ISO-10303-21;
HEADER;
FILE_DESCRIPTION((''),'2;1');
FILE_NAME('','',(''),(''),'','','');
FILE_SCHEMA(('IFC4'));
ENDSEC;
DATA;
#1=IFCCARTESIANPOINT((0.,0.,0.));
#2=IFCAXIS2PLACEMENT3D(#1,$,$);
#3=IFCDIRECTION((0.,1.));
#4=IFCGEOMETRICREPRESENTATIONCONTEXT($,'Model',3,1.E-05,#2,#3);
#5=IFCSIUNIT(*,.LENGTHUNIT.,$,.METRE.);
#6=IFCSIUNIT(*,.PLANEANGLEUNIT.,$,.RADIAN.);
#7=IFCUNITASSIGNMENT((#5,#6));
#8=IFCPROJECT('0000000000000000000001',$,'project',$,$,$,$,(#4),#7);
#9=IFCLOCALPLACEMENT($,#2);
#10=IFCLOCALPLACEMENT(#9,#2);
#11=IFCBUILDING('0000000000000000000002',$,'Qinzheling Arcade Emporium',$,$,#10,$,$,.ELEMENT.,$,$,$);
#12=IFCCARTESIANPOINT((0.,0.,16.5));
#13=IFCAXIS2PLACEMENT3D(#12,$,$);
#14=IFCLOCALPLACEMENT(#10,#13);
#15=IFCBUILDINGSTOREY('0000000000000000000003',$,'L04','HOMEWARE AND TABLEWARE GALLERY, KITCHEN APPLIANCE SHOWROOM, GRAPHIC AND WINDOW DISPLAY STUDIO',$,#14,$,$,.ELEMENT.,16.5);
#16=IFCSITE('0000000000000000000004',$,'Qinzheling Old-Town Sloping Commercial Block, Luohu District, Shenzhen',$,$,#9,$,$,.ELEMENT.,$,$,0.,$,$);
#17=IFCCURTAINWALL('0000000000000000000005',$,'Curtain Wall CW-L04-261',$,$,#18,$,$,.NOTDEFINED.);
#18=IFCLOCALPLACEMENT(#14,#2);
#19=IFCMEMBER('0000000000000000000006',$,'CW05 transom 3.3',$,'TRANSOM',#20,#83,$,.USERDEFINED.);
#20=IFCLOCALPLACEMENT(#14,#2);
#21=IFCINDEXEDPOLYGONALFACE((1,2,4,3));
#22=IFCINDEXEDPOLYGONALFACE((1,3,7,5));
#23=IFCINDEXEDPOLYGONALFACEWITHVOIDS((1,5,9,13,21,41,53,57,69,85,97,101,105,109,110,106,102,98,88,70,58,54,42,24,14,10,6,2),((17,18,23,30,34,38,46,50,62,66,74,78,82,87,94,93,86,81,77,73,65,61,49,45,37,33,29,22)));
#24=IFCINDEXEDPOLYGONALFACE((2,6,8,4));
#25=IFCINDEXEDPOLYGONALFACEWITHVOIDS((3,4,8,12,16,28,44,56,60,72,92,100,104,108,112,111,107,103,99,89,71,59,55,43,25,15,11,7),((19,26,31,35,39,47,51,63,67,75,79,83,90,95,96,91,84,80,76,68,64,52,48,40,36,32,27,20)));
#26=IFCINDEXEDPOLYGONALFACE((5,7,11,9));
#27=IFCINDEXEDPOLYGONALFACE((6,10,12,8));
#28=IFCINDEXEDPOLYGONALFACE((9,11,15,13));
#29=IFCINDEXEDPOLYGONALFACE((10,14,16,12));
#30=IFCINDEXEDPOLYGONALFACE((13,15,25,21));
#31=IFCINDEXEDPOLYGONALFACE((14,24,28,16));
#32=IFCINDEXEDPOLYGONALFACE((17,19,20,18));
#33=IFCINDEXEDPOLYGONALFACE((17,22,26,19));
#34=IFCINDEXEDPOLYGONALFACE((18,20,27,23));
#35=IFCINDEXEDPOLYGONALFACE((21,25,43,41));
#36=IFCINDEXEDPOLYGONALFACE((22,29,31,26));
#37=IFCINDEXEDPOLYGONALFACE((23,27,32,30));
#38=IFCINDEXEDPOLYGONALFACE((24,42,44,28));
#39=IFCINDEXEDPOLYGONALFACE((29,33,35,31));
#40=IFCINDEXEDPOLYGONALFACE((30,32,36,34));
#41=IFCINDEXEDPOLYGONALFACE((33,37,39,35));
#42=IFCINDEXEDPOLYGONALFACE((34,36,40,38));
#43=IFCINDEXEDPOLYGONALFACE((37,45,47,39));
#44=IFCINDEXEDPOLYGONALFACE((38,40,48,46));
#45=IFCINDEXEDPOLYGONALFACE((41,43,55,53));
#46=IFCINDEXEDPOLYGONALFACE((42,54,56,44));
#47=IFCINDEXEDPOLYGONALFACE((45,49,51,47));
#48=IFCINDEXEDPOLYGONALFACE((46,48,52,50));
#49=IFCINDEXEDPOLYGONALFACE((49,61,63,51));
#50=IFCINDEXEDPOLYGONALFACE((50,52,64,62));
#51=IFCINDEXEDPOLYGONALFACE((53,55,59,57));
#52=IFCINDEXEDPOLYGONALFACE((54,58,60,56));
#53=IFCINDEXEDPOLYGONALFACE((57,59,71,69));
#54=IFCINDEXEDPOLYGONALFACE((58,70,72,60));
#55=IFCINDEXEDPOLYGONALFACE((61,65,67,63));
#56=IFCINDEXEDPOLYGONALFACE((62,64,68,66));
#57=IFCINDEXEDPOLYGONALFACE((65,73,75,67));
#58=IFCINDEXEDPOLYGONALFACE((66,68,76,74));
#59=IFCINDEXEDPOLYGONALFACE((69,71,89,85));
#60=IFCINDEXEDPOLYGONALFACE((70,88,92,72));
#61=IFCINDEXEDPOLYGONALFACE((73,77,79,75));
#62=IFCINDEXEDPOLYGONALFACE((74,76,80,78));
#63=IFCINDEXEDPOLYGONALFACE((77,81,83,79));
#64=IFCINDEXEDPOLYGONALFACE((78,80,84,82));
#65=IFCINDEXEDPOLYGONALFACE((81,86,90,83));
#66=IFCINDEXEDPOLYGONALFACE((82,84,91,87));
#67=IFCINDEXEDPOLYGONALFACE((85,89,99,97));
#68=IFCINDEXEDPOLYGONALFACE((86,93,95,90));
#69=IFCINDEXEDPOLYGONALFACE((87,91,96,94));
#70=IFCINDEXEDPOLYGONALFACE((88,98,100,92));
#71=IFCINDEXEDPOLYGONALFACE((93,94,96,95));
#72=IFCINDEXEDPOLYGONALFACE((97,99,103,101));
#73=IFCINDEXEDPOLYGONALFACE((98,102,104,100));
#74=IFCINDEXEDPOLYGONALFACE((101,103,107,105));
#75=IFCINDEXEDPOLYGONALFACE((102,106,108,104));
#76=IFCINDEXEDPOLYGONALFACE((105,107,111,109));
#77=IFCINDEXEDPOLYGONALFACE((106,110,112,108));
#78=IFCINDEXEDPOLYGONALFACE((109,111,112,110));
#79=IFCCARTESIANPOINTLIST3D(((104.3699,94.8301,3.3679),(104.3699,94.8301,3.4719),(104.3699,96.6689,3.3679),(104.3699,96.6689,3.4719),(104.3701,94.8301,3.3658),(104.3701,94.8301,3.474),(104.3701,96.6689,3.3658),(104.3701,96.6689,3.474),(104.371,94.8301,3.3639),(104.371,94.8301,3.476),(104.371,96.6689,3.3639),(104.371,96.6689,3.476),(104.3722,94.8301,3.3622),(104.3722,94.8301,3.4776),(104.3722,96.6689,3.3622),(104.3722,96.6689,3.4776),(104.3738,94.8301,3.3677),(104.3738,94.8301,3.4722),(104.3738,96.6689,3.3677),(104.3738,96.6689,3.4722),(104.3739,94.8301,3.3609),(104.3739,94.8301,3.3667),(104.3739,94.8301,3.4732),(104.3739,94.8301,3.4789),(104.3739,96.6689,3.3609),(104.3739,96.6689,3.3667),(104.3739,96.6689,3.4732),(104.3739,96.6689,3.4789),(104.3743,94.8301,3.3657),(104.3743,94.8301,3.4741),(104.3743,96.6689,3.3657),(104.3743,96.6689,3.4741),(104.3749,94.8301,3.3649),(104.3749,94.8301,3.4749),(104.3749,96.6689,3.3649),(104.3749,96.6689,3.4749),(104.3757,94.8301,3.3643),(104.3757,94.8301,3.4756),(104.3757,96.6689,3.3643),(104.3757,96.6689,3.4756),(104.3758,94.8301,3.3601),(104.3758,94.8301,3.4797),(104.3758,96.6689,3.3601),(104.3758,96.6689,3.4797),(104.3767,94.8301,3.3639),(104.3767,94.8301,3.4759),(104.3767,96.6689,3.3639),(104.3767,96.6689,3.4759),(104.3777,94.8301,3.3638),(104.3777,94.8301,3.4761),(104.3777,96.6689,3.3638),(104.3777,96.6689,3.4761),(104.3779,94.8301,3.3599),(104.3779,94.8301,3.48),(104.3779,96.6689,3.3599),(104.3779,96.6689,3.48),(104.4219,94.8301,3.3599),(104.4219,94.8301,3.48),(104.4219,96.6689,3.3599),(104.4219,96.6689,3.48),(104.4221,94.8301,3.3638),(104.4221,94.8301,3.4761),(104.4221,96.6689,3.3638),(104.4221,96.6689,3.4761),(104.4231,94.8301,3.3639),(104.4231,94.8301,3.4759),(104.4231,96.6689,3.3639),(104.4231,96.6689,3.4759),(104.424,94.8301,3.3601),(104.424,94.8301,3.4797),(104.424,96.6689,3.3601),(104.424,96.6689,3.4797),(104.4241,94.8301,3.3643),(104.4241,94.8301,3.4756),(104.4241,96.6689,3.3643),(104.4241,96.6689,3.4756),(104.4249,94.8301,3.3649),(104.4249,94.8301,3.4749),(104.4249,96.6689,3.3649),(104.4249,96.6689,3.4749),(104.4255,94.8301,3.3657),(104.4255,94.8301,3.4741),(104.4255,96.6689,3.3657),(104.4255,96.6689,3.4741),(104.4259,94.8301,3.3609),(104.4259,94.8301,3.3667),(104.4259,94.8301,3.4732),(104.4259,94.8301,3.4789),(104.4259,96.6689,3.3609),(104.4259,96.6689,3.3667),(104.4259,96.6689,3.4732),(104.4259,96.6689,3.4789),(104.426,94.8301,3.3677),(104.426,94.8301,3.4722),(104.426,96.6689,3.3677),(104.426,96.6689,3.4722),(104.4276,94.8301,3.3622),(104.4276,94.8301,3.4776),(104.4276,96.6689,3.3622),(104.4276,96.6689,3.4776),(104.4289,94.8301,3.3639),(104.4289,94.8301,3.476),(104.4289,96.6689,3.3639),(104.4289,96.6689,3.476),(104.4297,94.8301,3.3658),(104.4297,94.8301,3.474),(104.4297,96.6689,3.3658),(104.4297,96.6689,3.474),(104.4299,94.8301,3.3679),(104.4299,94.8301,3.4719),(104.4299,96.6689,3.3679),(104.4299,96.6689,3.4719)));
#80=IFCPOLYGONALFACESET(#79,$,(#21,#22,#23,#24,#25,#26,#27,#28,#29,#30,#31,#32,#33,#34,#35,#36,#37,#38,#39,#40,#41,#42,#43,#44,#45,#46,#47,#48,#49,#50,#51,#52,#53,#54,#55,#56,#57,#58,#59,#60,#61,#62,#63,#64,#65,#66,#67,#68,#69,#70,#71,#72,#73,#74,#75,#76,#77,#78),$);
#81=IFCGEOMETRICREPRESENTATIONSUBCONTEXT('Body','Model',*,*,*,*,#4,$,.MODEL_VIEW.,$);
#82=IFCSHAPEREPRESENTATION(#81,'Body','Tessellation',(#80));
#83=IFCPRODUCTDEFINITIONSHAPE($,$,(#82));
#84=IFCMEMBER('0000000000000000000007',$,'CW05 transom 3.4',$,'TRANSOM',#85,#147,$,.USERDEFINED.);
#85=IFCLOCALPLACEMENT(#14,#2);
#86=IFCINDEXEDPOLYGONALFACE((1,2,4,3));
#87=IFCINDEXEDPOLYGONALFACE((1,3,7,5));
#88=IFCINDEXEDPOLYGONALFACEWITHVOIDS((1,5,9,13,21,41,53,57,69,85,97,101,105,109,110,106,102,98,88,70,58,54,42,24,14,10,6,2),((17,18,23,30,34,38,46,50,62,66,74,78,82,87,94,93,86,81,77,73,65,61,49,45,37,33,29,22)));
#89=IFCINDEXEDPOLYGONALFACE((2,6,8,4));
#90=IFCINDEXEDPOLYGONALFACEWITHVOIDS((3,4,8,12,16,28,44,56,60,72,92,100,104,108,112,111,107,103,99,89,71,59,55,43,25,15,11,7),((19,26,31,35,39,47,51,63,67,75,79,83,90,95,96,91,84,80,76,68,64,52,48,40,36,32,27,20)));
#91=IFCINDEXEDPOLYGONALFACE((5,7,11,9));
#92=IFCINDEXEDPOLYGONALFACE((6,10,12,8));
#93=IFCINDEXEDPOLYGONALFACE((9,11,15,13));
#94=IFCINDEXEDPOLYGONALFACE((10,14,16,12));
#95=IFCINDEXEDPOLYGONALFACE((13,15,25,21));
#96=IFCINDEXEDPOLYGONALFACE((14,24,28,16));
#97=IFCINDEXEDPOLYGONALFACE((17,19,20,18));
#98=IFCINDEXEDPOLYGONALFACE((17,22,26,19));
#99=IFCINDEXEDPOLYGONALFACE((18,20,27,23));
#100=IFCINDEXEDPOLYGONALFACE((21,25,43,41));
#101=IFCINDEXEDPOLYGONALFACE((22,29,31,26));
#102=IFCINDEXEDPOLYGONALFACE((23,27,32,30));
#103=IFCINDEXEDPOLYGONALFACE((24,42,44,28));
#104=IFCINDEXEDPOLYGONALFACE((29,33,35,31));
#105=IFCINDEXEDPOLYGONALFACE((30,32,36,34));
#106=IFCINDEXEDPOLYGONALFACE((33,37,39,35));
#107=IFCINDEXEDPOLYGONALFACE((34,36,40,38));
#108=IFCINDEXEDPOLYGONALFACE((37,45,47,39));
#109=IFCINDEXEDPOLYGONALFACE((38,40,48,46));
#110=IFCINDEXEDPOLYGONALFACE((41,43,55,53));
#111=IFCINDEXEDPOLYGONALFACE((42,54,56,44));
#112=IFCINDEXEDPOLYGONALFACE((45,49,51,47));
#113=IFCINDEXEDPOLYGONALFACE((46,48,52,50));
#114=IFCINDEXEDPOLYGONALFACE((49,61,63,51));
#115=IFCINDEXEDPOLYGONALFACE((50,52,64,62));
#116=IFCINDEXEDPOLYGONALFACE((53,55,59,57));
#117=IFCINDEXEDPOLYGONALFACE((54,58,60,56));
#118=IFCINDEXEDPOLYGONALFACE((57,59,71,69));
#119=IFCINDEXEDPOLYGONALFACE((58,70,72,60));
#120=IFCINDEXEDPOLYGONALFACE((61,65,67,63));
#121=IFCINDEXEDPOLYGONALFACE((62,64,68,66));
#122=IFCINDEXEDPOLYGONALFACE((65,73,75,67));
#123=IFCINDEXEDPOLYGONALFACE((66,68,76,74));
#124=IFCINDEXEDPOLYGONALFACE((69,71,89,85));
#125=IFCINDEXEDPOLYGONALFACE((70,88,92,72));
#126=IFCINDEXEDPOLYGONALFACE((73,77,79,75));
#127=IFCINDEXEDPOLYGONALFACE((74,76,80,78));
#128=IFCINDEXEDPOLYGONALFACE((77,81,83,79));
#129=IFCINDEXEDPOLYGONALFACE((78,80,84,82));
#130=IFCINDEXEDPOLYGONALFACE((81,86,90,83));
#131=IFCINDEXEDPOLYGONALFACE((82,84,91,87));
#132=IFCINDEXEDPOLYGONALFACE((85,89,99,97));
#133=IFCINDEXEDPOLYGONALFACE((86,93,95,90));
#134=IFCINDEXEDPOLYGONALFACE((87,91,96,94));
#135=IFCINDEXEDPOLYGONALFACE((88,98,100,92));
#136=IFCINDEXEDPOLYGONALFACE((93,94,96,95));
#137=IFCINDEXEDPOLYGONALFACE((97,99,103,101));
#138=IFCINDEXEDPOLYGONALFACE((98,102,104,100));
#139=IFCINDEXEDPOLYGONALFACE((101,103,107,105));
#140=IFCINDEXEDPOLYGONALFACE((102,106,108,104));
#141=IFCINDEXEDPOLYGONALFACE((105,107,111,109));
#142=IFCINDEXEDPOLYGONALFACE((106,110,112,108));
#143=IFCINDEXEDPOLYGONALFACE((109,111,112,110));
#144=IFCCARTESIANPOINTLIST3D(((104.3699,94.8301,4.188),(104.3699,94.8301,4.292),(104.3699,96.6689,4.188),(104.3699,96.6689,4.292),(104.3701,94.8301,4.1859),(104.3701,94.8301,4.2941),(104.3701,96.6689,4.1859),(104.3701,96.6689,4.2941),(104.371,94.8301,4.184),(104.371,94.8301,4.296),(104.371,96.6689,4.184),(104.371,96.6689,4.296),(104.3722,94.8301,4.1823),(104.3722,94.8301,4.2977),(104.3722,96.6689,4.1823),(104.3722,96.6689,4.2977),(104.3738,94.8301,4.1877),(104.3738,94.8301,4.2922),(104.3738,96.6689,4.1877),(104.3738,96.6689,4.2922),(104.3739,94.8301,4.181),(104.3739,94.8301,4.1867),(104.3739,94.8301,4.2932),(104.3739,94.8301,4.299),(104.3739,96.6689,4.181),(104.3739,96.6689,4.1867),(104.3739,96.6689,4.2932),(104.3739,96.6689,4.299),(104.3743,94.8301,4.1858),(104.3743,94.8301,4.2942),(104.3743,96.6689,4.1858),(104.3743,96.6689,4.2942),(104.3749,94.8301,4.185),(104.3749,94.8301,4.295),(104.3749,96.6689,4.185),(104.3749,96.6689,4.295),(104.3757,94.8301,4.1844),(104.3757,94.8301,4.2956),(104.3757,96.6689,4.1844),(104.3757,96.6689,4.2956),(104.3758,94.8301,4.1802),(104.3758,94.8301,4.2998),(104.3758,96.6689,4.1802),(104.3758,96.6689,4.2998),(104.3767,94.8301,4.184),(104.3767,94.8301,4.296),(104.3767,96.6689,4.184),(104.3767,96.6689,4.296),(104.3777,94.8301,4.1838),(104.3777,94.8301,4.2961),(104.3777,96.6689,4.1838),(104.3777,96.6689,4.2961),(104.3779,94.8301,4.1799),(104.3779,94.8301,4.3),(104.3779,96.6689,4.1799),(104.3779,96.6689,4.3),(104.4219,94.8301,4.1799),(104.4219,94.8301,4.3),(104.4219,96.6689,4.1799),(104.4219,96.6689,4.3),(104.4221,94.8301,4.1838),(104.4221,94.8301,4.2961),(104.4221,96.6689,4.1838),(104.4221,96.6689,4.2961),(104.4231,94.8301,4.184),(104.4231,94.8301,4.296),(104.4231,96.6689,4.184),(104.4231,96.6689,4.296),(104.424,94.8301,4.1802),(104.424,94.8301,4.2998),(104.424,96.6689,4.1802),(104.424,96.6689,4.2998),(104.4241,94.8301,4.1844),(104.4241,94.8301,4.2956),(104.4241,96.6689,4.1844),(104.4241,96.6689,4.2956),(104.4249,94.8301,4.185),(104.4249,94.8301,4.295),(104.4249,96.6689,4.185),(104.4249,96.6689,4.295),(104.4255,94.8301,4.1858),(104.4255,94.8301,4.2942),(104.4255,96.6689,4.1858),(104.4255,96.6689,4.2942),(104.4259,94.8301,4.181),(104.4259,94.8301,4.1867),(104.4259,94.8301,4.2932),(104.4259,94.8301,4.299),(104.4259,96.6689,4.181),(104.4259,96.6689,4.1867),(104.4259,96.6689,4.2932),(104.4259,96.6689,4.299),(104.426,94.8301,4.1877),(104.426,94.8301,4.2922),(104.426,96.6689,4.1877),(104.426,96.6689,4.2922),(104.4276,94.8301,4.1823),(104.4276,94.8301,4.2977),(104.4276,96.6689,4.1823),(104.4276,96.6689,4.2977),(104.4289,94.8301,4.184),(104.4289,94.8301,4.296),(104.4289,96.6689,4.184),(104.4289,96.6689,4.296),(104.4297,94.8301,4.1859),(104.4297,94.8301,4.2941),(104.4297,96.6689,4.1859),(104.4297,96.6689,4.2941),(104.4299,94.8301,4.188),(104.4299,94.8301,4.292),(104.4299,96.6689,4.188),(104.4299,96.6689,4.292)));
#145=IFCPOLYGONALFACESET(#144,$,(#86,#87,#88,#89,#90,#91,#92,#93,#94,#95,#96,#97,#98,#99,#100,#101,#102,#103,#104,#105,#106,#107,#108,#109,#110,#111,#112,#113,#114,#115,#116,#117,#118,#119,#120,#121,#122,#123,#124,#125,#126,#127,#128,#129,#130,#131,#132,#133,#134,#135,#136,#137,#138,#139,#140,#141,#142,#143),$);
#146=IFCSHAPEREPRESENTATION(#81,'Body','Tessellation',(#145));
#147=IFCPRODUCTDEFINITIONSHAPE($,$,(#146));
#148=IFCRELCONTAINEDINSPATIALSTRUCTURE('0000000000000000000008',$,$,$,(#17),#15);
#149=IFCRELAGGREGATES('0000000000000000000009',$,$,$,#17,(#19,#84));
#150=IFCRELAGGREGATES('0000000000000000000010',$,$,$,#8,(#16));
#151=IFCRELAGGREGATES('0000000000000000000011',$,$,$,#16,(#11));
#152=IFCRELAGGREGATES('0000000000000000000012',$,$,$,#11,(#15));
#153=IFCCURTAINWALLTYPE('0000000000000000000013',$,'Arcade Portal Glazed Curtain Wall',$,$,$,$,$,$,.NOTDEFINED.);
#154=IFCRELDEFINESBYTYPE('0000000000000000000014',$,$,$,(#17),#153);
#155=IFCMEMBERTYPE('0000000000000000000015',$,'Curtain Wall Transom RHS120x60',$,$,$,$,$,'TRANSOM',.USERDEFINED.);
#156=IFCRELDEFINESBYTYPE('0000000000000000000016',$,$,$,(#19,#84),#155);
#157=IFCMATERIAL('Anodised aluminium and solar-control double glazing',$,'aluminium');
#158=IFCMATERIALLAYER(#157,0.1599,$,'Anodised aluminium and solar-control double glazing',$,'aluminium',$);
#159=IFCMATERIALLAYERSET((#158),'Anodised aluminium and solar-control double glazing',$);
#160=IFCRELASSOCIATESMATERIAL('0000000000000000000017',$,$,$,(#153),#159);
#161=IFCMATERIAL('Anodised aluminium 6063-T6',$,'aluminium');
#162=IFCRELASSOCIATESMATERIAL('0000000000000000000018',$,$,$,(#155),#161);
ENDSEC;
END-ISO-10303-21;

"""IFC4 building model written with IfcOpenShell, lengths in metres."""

from ifc_helpers import new_model, si_unit, direction, frame, origin, origin_2d, place, context, subcontext, project, spatial, hollow_rectangle, extrude, material, layer, layer_set, material_profile, profile_set, type_object, element, aggregate, save


model = new_model("IFC4")

# Units and contexts
model_context = context("Model", 3, precision=1e-05, world=origin(), true_north=direction((0.0, 1.0)))
body_context = subcontext(model_context, "Body", "Model", "MODEL_VIEW")
ifc_project = project(units=[si_unit("LENGTHUNIT", "METRE"), si_unit("PLANEANGLEUNIT", "RADIAN")], contexts=[model_context])

# Site, building, storey
site_placement = place(None, origin())
site = spatial("IfcSite", under=ifc_project, at=site_placement, Name="Qinzheling Old-Town Sloping Commercial Block, Luohu District, Shenzhen", CompositionType="ELEMENT", RefElevation=0.0)
building_placement = place(site_placement, origin())
building = spatial("IfcBuilding", under=site, at=building_placement, Name="Qinzheling Arcade Emporium", CompositionType="ELEMENT")
storey_placement = place(building_placement, frame((0.0, 0.0, 16.5)))
storey = spatial("IfcBuildingStorey", under=building, at=storey_placement, Name="L04", Description="HOMEWARE AND TABLEWARE GALLERY, KITCHEN APPLIANCE SHOWROOM, GRAPHIC AND WINDOW DISPLAY STUDIO", CompositionType="ELEMENT", Elevation=16.5)

# Curtain wall, members
ifc_material_1 = material(Name="Anodised aluminium and solar-control double glazing", Category="aluminium")
ifc_layer_1 = layer(ifc_material_1, 0.1599, Name="Anodised aluminium and solar-control double glazing", Category="aluminium")
ifc_layer_set_1 = layer_set([ifc_layer_1], Name="Anodised aluminium and solar-control double glazing")
curtain_wall_type = type_object("IfcCurtainWallType", Name="Arcade Portal Glazed Curtain Wall", PredefinedType="NOTDEFINED", material=ifc_layer_set_1)
curtain_wall_placement = place(storey_placement, origin())
curtain_wall = element("IfcCurtainWall", 1, at=curtain_wall_placement, inside=storey, type_object=curtain_wall_type, Name="Curtain Wall CW-L04-261", PredefinedType="NOTDEFINED")
ifc_material_2 = material(Name="Anodised aluminium 6063-T6", Category="aluminium")
ifc_material_profile_1 = material_profile(ifc_material_2, hollow_rectangle(XDim=0.0601, YDim=0.1201, WallThickness=0.0039, InnerFilletRadius=0.0039, OuterFilletRadius=0.0081, at=origin_2d()), Name="RHS 120x60x4", Category="aluminium")
ifc_profile_set_1 = profile_set([ifc_material_profile_1], Name="Anodised aluminium 6063-T6")
member_type_1 = type_object("IfcMemberType", Name="Curtain Wall Transom RHS120x60", ElementType="TRANSOM", PredefinedType="USERDEFINED", material=ifc_profile_set_1)
member_1_placement = place(storey_placement, frame((104.3999, 94.8301, 3.4199), z_axis=(0.0, 1.0, 0.0), x_axis=(-1.0, 0.0, 0.0)))
member_1 = element("IfcMember", 2, at=member_1_placement, type_object=member_type_1, Name="CW05 transom 3.3", ObjectType="TRANSOM", PredefinedType="USERDEFINED", context=body_context, shape_type="SweptSolid", body=[
    extrude(hollow_rectangle(XDim=0.0601, YDim=0.1201, WallThickness=0.0039, InnerFilletRadius=0.0039, OuterFilletRadius=0.0081, at=origin_2d()), origin(), (0.0, 0.0, 1.0), 1.8389),
])
member_2_placement = place(storey_placement, frame((104.3999, 94.8301, 4.24), z_axis=(0.0, 1.0, 0.0), x_axis=(-1.0, 0.0, 0.0)))
member_2 = element("IfcMember", 3, at=member_2_placement, type_object=member_type_1, Name="CW05 transom 3.4", ObjectType="TRANSOM", PredefinedType="USERDEFINED", context=body_context, shape_type="SweptSolid", body=[
    extrude(hollow_rectangle(XDim=0.0601, YDim=0.1201, WallThickness=0.0039, InnerFilletRadius=0.0039, OuterFilletRadius=0.0081, at=origin_2d()), origin(), (0.0, 0.0, 1.0), 1.8389),
])
aggregate(curtain_wall, [member_1, member_2])

save(model, "model.ifc")
